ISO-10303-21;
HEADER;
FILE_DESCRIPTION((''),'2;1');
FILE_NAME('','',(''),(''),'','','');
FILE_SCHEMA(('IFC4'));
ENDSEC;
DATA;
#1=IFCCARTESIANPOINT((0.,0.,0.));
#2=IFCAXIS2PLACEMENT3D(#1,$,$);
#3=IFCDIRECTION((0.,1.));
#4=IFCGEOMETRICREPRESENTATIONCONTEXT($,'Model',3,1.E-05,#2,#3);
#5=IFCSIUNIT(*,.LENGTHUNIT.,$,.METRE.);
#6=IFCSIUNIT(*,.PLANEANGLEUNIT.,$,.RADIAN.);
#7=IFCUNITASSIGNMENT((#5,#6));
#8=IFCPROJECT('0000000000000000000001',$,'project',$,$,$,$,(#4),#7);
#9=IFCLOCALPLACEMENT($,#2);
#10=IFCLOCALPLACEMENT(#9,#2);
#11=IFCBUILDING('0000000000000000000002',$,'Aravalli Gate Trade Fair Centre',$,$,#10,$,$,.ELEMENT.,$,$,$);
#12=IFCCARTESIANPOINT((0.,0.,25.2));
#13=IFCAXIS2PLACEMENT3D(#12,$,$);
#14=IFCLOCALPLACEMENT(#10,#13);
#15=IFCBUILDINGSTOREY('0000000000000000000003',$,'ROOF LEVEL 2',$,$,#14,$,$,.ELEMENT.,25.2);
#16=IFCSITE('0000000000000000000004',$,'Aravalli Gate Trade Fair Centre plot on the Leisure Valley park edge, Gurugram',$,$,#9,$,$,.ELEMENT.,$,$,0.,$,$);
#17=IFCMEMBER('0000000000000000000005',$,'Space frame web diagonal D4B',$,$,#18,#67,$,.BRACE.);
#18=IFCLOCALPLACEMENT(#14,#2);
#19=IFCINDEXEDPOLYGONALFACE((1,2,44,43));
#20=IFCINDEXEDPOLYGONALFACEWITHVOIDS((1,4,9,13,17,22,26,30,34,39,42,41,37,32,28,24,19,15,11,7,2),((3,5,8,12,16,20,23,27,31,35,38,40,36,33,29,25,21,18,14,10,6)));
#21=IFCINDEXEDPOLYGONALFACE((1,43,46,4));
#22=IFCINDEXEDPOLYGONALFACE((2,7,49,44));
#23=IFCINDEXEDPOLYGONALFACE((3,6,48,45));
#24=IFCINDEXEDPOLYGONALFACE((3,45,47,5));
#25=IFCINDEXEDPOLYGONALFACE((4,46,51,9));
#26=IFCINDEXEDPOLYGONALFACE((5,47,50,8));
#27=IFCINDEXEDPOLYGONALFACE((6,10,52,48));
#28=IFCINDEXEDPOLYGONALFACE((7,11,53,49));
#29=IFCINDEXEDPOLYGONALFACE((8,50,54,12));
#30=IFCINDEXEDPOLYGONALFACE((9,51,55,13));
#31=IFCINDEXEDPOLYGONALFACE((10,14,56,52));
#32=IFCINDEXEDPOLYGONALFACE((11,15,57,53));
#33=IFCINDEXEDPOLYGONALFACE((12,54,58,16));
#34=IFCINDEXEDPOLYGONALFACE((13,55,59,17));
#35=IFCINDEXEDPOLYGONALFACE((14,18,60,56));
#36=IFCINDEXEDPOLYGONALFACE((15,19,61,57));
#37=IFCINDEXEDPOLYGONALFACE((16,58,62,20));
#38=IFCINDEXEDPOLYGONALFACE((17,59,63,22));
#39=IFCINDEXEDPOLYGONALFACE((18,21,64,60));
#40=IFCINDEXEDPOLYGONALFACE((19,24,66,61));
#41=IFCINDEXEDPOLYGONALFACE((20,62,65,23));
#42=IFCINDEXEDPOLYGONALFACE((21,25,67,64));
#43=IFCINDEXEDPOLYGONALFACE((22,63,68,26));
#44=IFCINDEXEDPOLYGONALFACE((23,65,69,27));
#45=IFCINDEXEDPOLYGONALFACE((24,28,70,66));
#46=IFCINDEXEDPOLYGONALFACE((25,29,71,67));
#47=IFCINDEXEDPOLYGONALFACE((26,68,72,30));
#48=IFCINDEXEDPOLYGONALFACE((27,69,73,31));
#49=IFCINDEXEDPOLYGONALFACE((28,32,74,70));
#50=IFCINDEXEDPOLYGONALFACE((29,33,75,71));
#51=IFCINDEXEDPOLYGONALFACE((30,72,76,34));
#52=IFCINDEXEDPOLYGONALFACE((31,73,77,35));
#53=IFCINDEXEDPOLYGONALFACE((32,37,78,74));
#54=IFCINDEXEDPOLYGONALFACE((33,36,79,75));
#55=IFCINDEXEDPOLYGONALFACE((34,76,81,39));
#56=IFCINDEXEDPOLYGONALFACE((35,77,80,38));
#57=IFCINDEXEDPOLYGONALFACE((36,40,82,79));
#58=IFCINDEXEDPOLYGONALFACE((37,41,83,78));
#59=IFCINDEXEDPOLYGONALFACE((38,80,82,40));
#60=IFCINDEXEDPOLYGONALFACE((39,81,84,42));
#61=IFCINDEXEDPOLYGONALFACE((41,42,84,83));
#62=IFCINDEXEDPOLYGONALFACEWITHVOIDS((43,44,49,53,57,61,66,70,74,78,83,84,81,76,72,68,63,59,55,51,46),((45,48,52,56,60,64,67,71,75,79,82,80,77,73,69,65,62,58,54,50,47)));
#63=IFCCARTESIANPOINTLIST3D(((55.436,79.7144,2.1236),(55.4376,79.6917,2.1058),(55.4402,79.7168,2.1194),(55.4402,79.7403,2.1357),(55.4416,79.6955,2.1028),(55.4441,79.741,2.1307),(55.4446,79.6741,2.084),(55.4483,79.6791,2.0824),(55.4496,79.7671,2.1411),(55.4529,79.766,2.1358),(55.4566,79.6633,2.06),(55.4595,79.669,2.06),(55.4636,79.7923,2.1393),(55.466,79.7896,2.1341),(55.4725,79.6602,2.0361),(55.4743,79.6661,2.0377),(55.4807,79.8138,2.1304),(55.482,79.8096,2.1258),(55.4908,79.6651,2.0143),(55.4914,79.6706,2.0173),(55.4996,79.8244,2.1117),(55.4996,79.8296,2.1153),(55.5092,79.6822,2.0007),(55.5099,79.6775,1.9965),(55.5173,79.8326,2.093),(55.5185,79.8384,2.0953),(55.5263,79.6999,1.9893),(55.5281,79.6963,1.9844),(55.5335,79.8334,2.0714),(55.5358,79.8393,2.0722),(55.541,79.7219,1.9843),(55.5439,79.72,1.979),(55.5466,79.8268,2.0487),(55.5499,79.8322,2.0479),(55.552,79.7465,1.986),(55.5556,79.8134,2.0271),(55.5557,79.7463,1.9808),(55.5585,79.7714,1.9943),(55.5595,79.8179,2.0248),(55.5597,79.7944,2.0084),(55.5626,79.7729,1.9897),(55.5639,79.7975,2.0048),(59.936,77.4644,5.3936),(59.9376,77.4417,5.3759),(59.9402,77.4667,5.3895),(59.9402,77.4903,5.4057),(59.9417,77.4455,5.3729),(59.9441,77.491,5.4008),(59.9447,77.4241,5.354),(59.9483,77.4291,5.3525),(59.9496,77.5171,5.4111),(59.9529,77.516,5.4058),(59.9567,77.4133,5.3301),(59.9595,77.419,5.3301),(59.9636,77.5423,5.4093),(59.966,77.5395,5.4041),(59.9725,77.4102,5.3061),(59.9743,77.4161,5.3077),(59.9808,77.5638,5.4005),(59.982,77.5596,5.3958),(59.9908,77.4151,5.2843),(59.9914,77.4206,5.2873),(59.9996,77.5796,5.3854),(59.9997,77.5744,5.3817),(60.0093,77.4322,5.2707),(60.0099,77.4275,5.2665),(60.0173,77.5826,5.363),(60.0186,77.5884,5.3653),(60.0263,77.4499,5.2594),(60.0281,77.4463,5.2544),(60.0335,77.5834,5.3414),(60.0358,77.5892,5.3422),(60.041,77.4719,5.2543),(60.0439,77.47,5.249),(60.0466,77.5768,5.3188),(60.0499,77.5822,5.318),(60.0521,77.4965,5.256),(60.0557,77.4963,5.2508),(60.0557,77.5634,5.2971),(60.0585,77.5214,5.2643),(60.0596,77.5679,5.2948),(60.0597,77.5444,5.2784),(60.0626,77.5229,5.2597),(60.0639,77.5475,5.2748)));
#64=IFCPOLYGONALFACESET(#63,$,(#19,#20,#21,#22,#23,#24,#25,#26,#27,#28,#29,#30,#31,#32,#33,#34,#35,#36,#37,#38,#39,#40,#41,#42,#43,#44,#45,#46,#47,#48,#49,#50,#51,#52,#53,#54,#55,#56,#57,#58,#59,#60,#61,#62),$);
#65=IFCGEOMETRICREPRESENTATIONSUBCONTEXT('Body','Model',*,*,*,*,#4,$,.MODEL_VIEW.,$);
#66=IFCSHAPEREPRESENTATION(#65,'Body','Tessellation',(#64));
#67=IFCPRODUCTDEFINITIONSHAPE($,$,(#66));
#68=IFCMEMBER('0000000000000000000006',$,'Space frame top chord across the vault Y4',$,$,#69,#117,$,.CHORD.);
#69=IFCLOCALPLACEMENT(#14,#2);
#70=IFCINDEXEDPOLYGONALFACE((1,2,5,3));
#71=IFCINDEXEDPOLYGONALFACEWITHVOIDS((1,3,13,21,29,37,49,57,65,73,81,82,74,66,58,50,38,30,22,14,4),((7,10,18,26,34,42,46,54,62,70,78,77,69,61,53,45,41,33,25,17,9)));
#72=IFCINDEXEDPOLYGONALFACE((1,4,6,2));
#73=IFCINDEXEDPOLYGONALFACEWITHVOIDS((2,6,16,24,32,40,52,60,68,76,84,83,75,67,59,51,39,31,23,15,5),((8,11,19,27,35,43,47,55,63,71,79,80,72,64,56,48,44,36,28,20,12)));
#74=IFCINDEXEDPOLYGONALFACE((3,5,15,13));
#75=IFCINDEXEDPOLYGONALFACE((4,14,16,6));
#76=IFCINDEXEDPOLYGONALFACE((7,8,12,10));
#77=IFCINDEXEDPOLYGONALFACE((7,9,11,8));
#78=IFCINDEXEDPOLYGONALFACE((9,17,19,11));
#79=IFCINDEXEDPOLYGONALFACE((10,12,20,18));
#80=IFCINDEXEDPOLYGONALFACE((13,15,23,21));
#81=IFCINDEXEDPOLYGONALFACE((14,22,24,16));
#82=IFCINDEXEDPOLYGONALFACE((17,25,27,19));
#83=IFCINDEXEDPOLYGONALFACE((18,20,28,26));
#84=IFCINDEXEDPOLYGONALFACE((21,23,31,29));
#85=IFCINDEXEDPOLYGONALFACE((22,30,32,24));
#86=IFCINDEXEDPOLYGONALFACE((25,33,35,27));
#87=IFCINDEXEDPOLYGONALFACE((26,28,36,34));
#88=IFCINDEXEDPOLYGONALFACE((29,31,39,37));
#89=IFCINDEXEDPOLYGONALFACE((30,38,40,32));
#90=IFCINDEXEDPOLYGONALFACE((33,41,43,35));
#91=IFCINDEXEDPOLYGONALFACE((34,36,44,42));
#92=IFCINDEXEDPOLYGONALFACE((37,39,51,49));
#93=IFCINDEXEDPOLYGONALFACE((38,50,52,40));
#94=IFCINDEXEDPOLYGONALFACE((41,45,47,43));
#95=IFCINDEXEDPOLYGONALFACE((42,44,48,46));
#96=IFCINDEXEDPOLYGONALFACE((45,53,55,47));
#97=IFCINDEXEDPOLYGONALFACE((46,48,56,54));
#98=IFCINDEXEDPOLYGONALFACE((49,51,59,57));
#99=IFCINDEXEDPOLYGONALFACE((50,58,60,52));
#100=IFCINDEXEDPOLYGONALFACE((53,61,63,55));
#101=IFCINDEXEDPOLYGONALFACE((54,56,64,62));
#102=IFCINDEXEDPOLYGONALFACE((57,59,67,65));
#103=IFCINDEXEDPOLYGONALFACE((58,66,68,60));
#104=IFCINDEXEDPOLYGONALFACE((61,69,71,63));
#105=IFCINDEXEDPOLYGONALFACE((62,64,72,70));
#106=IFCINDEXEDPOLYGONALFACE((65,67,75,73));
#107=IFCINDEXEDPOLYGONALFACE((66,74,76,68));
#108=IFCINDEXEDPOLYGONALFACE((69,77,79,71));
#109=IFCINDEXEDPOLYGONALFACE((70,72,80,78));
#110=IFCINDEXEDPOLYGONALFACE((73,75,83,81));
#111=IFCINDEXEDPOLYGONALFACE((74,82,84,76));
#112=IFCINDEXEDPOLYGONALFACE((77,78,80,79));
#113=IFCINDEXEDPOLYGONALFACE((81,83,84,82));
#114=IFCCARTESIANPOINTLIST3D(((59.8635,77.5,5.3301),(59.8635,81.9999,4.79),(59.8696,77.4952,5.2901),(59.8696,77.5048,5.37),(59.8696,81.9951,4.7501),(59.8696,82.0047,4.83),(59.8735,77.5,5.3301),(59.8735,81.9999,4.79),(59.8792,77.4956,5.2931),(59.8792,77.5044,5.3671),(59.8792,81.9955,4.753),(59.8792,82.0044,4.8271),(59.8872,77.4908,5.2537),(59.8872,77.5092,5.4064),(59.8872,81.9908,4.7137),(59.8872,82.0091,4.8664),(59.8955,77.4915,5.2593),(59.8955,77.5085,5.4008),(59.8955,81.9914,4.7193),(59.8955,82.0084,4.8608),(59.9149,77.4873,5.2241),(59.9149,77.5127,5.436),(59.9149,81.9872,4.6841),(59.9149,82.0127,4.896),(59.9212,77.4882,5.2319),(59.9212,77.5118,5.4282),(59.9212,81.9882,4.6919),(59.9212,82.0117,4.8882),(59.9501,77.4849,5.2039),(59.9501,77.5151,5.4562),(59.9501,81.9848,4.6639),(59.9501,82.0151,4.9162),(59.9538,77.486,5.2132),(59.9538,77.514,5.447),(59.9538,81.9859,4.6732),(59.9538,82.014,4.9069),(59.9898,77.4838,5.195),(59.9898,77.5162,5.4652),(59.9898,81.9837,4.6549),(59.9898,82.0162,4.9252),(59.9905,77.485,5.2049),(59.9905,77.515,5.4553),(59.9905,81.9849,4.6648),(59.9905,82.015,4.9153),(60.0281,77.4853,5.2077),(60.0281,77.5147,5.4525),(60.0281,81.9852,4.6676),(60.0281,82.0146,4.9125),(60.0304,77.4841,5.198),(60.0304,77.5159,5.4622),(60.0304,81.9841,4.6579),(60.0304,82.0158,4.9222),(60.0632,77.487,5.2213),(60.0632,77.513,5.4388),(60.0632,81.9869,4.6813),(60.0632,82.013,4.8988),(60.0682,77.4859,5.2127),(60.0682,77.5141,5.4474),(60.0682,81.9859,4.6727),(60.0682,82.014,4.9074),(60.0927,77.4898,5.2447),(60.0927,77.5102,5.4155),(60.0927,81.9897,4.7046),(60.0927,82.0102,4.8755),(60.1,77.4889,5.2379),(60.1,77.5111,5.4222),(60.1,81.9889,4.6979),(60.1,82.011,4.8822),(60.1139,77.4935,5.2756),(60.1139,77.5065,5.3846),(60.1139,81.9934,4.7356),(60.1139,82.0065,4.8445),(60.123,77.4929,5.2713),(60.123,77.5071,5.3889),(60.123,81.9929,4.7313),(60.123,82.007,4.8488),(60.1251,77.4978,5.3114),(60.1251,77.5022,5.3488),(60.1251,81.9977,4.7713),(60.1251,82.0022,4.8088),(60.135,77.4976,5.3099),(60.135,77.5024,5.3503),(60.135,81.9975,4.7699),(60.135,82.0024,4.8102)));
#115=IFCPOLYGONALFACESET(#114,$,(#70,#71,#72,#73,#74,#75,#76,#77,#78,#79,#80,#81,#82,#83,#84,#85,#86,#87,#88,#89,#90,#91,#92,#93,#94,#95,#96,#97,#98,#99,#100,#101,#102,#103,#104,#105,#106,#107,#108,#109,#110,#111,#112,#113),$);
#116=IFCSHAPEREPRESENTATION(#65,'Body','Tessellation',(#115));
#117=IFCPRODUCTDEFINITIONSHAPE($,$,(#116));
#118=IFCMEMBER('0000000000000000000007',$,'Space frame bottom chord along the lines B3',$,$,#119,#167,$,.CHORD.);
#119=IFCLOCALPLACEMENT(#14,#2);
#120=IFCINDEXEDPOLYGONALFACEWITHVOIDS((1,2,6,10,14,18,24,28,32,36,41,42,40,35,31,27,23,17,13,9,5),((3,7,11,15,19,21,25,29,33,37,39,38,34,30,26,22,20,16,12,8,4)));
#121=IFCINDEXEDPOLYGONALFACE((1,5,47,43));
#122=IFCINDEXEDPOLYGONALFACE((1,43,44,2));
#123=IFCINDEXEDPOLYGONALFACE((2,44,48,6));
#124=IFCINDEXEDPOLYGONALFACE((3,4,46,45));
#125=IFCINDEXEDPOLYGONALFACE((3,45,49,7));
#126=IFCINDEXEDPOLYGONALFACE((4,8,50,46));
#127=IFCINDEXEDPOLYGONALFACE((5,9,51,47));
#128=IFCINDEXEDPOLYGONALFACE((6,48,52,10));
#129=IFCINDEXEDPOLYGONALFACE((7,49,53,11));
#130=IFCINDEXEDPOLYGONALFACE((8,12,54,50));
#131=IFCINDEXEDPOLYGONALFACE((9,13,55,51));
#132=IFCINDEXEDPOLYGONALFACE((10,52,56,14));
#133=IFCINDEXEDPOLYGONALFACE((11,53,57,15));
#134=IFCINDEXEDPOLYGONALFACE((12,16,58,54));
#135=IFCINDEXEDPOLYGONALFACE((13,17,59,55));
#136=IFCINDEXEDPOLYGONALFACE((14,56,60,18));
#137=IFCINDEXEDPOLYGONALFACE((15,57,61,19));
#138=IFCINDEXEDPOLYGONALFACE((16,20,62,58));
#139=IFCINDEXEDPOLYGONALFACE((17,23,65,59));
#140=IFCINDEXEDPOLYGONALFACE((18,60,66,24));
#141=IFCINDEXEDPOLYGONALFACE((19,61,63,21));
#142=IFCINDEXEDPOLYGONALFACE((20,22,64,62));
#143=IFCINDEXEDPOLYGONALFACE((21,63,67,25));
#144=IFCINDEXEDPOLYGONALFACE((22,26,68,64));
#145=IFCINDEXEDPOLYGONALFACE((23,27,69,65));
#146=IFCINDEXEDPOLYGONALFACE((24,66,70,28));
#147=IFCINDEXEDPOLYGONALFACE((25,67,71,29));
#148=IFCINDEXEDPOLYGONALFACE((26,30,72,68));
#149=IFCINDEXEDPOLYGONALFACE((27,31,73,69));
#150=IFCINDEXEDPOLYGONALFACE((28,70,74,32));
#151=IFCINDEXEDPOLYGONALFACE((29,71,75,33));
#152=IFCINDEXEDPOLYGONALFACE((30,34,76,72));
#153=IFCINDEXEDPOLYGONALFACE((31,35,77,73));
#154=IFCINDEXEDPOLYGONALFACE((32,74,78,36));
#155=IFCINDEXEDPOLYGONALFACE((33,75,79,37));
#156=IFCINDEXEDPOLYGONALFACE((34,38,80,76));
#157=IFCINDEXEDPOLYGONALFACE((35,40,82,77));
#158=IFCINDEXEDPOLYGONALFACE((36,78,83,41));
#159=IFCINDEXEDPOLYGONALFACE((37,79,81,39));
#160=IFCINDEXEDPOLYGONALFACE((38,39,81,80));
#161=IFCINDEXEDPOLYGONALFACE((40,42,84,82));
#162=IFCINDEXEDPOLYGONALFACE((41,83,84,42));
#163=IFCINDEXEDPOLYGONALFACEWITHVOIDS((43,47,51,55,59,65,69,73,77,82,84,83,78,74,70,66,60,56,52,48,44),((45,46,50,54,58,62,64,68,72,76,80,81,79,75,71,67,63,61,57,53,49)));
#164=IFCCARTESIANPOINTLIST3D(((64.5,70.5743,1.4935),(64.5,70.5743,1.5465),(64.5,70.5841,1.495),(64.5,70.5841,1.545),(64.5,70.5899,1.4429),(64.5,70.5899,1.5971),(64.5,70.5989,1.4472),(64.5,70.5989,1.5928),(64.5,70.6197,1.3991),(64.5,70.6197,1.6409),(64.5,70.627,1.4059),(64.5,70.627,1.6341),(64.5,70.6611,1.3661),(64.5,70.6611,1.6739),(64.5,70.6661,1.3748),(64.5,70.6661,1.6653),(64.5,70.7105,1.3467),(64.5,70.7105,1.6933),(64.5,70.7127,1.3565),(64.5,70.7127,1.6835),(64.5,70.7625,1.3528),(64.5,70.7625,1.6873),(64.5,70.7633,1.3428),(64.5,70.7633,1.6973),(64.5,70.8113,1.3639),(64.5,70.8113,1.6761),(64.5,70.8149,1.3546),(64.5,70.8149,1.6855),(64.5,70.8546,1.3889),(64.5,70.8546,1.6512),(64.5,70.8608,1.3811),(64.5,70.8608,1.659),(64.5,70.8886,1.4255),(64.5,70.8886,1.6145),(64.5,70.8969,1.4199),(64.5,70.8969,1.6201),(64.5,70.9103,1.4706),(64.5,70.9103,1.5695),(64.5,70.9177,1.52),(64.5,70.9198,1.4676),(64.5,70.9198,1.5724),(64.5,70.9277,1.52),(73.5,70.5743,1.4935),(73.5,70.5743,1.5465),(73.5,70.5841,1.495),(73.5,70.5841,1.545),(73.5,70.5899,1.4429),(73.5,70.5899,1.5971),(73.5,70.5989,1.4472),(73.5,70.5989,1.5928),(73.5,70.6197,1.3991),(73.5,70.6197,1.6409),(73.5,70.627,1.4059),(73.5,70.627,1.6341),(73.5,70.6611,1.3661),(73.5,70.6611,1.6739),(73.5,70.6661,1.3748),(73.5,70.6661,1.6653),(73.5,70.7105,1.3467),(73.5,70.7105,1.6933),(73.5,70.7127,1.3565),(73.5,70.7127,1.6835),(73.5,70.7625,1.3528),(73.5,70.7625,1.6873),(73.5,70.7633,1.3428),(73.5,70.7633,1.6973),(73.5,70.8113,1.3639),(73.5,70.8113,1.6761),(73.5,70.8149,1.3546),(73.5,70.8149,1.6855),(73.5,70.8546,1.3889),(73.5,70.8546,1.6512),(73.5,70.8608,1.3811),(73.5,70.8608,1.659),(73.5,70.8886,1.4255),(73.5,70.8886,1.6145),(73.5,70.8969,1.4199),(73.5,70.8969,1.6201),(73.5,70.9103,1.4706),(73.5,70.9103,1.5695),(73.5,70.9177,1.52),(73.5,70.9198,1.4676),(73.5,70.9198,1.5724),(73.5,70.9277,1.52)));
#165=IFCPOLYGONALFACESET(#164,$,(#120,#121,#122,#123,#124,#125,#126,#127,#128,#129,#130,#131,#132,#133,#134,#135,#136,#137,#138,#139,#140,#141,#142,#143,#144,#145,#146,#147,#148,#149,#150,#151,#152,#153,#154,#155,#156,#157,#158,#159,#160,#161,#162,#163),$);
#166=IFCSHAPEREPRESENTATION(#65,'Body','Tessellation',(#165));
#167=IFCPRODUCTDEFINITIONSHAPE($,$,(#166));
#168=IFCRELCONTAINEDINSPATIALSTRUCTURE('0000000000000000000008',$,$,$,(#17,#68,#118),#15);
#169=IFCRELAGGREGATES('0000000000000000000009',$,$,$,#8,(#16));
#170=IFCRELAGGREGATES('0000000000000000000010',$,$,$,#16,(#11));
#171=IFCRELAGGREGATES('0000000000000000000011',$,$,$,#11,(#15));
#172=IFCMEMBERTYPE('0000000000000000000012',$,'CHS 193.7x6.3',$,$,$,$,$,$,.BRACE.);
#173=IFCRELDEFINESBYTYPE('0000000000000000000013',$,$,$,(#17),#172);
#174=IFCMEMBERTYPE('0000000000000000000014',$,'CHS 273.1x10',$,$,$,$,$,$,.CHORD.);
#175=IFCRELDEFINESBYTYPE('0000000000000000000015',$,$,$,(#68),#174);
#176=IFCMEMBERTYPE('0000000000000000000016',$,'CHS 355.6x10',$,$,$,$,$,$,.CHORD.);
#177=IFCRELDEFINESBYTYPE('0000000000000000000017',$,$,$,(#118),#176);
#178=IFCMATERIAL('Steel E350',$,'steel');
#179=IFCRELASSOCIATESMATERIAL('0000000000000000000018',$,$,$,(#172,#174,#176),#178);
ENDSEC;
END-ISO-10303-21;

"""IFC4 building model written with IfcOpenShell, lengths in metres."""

from ifc_helpers import new_model, si_unit, direction, frame, origin, origin_2d, place, context, subcontext, project, spatial, hollow_circle, extrude, material, material_profile, profile_set, type_object, element, save


model = new_model("IFC4")

# Units and contexts
model_context = context("Model", 3, precision=1e-05, world=origin(), true_north=direction((0.0, 1.0)))
body_context = subcontext(model_context, "Body", "Model", "MODEL_VIEW")
ifc_project = project(units=[si_unit("LENGTHUNIT", "METRE"), si_unit("PLANEANGLEUNIT", "RADIAN")], contexts=[model_context])

# Site, building, storey
site_placement = place(None, origin())
site = spatial("IfcSite", under=ifc_project, at=site_placement, Name="Aravalli Gate Trade Fair Centre plot on the Leisure Valley park edge, Gurugram", CompositionType="ELEMENT", RefElevation=0.0)
building_placement = place(site_placement, origin())
building = spatial("IfcBuilding", under=site, at=building_placement, Name="Aravalli Gate Trade Fair Centre", CompositionType="ELEMENT")
storey_placement = place(building_placement, frame((0.0, 0.0, 25.2)))
storey = spatial("IfcBuildingStorey", under=building, at=storey_placement, Name="ROOF LEVEL 2", CompositionType="ELEMENT", Elevation=25.2)

# Members
ifc_material = material(Name="Steel E350", Category="steel")
ifc_material_profile_1 = material_profile(ifc_material, hollow_circle(Radius=0.0969, WallThickness=0.0063, at=origin_2d()), Name="CHS 193.7x6.3")
ifc_profile_set_1 = profile_set([ifc_material_profile_1], Name="Steel E350")
member_type_1 = type_object("IfcMemberType", Name="CHS 193.7x6.3", PredefinedType="BRACE", material=ifc_profile_set_1)
for number, where, z_axis, x_axis, name in (
    (1, (60.0, 77.5, 5.3301), (-0.749942, 0.374971, -0.544961), (-0.447214, -0.894427, 0.0), "Space frame web diagonal D4B"),
):
    element("IfcMember", number, at=place(storey_placement, frame(where, z_axis=z_axis, x_axis=x_axis)), inside=storey, type_object=member_type_1, Name=name, PredefinedType="BRACE", context=body_context, shape_type="SweptSolid", body=[
        extrude(hollow_circle(Radius=0.0969, WallThickness=0.0063, at=origin_2d()), origin(), (0.0, 0.0, 1.0), 6.0005),
    ])
ifc_material_profile_2 = material_profile(ifc_material, hollow_circle(Radius=0.1365, WallThickness=0.01, at=origin_2d()), Name="CHS 273.1x10")
ifc_profile_set_2 = profile_set([ifc_material_profile_2], Name="Steel E350")
member_type_2 = type_object("IfcMemberType", Name="CHS 273.1x10", PredefinedType="CHORD", material=ifc_profile_set_2)
member_1_placement = place(storey_placement, frame((60.0, 77.5, 5.3301), z_axis=(0.0, 0.992876, -0.119154), x_axis=(-1.0, 0.0, 0.0)))
element("IfcMember", 2, at=member_1_placement, inside=storey, type_object=member_type_2, Name="Space frame top chord across the vault Y4", PredefinedType="CHORD", context=body_context, shape_type="SweptSolid", body=[
    extrude(hollow_circle(Radius=0.1365, WallThickness=0.01, at=origin_2d()), origin(), (0.0, 0.0, 1.0), 4.5322),
])
ifc_material_profile_3 = material_profile(ifc_material, hollow_circle(Radius=0.1777, WallThickness=0.01, at=origin_2d()), Name="CHS 355.6x10")
ifc_profile_set_3 = profile_set([ifc_material_profile_3], Name="Steel E350")
member_type_3 = type_object("IfcMemberType", Name="CHS 355.6x10", PredefinedType="CHORD", material=ifc_profile_set_3)
for number, where, z_axis, x_axis, name in (
    (3, (64.5, 70.75, 1.52), (1.0, 0.0, 0.0), (0.0, 1.0, 0.0), "Space frame bottom chord along the lines B3"),
):
    element("IfcMember", number, at=place(storey_placement, frame(where, z_axis=z_axis, x_axis=x_axis)), inside=storey, type_object=member_type_3, Name=name, PredefinedType="CHORD", context=body_context, shape_type="SweptSolid", body=[
        extrude(hollow_circle(Radius=0.1777, WallThickness=0.01, at=origin_2d()), origin(), (0.0, 0.0, 1.0), 9.0),
    ])

save(model, "model.ifc")
